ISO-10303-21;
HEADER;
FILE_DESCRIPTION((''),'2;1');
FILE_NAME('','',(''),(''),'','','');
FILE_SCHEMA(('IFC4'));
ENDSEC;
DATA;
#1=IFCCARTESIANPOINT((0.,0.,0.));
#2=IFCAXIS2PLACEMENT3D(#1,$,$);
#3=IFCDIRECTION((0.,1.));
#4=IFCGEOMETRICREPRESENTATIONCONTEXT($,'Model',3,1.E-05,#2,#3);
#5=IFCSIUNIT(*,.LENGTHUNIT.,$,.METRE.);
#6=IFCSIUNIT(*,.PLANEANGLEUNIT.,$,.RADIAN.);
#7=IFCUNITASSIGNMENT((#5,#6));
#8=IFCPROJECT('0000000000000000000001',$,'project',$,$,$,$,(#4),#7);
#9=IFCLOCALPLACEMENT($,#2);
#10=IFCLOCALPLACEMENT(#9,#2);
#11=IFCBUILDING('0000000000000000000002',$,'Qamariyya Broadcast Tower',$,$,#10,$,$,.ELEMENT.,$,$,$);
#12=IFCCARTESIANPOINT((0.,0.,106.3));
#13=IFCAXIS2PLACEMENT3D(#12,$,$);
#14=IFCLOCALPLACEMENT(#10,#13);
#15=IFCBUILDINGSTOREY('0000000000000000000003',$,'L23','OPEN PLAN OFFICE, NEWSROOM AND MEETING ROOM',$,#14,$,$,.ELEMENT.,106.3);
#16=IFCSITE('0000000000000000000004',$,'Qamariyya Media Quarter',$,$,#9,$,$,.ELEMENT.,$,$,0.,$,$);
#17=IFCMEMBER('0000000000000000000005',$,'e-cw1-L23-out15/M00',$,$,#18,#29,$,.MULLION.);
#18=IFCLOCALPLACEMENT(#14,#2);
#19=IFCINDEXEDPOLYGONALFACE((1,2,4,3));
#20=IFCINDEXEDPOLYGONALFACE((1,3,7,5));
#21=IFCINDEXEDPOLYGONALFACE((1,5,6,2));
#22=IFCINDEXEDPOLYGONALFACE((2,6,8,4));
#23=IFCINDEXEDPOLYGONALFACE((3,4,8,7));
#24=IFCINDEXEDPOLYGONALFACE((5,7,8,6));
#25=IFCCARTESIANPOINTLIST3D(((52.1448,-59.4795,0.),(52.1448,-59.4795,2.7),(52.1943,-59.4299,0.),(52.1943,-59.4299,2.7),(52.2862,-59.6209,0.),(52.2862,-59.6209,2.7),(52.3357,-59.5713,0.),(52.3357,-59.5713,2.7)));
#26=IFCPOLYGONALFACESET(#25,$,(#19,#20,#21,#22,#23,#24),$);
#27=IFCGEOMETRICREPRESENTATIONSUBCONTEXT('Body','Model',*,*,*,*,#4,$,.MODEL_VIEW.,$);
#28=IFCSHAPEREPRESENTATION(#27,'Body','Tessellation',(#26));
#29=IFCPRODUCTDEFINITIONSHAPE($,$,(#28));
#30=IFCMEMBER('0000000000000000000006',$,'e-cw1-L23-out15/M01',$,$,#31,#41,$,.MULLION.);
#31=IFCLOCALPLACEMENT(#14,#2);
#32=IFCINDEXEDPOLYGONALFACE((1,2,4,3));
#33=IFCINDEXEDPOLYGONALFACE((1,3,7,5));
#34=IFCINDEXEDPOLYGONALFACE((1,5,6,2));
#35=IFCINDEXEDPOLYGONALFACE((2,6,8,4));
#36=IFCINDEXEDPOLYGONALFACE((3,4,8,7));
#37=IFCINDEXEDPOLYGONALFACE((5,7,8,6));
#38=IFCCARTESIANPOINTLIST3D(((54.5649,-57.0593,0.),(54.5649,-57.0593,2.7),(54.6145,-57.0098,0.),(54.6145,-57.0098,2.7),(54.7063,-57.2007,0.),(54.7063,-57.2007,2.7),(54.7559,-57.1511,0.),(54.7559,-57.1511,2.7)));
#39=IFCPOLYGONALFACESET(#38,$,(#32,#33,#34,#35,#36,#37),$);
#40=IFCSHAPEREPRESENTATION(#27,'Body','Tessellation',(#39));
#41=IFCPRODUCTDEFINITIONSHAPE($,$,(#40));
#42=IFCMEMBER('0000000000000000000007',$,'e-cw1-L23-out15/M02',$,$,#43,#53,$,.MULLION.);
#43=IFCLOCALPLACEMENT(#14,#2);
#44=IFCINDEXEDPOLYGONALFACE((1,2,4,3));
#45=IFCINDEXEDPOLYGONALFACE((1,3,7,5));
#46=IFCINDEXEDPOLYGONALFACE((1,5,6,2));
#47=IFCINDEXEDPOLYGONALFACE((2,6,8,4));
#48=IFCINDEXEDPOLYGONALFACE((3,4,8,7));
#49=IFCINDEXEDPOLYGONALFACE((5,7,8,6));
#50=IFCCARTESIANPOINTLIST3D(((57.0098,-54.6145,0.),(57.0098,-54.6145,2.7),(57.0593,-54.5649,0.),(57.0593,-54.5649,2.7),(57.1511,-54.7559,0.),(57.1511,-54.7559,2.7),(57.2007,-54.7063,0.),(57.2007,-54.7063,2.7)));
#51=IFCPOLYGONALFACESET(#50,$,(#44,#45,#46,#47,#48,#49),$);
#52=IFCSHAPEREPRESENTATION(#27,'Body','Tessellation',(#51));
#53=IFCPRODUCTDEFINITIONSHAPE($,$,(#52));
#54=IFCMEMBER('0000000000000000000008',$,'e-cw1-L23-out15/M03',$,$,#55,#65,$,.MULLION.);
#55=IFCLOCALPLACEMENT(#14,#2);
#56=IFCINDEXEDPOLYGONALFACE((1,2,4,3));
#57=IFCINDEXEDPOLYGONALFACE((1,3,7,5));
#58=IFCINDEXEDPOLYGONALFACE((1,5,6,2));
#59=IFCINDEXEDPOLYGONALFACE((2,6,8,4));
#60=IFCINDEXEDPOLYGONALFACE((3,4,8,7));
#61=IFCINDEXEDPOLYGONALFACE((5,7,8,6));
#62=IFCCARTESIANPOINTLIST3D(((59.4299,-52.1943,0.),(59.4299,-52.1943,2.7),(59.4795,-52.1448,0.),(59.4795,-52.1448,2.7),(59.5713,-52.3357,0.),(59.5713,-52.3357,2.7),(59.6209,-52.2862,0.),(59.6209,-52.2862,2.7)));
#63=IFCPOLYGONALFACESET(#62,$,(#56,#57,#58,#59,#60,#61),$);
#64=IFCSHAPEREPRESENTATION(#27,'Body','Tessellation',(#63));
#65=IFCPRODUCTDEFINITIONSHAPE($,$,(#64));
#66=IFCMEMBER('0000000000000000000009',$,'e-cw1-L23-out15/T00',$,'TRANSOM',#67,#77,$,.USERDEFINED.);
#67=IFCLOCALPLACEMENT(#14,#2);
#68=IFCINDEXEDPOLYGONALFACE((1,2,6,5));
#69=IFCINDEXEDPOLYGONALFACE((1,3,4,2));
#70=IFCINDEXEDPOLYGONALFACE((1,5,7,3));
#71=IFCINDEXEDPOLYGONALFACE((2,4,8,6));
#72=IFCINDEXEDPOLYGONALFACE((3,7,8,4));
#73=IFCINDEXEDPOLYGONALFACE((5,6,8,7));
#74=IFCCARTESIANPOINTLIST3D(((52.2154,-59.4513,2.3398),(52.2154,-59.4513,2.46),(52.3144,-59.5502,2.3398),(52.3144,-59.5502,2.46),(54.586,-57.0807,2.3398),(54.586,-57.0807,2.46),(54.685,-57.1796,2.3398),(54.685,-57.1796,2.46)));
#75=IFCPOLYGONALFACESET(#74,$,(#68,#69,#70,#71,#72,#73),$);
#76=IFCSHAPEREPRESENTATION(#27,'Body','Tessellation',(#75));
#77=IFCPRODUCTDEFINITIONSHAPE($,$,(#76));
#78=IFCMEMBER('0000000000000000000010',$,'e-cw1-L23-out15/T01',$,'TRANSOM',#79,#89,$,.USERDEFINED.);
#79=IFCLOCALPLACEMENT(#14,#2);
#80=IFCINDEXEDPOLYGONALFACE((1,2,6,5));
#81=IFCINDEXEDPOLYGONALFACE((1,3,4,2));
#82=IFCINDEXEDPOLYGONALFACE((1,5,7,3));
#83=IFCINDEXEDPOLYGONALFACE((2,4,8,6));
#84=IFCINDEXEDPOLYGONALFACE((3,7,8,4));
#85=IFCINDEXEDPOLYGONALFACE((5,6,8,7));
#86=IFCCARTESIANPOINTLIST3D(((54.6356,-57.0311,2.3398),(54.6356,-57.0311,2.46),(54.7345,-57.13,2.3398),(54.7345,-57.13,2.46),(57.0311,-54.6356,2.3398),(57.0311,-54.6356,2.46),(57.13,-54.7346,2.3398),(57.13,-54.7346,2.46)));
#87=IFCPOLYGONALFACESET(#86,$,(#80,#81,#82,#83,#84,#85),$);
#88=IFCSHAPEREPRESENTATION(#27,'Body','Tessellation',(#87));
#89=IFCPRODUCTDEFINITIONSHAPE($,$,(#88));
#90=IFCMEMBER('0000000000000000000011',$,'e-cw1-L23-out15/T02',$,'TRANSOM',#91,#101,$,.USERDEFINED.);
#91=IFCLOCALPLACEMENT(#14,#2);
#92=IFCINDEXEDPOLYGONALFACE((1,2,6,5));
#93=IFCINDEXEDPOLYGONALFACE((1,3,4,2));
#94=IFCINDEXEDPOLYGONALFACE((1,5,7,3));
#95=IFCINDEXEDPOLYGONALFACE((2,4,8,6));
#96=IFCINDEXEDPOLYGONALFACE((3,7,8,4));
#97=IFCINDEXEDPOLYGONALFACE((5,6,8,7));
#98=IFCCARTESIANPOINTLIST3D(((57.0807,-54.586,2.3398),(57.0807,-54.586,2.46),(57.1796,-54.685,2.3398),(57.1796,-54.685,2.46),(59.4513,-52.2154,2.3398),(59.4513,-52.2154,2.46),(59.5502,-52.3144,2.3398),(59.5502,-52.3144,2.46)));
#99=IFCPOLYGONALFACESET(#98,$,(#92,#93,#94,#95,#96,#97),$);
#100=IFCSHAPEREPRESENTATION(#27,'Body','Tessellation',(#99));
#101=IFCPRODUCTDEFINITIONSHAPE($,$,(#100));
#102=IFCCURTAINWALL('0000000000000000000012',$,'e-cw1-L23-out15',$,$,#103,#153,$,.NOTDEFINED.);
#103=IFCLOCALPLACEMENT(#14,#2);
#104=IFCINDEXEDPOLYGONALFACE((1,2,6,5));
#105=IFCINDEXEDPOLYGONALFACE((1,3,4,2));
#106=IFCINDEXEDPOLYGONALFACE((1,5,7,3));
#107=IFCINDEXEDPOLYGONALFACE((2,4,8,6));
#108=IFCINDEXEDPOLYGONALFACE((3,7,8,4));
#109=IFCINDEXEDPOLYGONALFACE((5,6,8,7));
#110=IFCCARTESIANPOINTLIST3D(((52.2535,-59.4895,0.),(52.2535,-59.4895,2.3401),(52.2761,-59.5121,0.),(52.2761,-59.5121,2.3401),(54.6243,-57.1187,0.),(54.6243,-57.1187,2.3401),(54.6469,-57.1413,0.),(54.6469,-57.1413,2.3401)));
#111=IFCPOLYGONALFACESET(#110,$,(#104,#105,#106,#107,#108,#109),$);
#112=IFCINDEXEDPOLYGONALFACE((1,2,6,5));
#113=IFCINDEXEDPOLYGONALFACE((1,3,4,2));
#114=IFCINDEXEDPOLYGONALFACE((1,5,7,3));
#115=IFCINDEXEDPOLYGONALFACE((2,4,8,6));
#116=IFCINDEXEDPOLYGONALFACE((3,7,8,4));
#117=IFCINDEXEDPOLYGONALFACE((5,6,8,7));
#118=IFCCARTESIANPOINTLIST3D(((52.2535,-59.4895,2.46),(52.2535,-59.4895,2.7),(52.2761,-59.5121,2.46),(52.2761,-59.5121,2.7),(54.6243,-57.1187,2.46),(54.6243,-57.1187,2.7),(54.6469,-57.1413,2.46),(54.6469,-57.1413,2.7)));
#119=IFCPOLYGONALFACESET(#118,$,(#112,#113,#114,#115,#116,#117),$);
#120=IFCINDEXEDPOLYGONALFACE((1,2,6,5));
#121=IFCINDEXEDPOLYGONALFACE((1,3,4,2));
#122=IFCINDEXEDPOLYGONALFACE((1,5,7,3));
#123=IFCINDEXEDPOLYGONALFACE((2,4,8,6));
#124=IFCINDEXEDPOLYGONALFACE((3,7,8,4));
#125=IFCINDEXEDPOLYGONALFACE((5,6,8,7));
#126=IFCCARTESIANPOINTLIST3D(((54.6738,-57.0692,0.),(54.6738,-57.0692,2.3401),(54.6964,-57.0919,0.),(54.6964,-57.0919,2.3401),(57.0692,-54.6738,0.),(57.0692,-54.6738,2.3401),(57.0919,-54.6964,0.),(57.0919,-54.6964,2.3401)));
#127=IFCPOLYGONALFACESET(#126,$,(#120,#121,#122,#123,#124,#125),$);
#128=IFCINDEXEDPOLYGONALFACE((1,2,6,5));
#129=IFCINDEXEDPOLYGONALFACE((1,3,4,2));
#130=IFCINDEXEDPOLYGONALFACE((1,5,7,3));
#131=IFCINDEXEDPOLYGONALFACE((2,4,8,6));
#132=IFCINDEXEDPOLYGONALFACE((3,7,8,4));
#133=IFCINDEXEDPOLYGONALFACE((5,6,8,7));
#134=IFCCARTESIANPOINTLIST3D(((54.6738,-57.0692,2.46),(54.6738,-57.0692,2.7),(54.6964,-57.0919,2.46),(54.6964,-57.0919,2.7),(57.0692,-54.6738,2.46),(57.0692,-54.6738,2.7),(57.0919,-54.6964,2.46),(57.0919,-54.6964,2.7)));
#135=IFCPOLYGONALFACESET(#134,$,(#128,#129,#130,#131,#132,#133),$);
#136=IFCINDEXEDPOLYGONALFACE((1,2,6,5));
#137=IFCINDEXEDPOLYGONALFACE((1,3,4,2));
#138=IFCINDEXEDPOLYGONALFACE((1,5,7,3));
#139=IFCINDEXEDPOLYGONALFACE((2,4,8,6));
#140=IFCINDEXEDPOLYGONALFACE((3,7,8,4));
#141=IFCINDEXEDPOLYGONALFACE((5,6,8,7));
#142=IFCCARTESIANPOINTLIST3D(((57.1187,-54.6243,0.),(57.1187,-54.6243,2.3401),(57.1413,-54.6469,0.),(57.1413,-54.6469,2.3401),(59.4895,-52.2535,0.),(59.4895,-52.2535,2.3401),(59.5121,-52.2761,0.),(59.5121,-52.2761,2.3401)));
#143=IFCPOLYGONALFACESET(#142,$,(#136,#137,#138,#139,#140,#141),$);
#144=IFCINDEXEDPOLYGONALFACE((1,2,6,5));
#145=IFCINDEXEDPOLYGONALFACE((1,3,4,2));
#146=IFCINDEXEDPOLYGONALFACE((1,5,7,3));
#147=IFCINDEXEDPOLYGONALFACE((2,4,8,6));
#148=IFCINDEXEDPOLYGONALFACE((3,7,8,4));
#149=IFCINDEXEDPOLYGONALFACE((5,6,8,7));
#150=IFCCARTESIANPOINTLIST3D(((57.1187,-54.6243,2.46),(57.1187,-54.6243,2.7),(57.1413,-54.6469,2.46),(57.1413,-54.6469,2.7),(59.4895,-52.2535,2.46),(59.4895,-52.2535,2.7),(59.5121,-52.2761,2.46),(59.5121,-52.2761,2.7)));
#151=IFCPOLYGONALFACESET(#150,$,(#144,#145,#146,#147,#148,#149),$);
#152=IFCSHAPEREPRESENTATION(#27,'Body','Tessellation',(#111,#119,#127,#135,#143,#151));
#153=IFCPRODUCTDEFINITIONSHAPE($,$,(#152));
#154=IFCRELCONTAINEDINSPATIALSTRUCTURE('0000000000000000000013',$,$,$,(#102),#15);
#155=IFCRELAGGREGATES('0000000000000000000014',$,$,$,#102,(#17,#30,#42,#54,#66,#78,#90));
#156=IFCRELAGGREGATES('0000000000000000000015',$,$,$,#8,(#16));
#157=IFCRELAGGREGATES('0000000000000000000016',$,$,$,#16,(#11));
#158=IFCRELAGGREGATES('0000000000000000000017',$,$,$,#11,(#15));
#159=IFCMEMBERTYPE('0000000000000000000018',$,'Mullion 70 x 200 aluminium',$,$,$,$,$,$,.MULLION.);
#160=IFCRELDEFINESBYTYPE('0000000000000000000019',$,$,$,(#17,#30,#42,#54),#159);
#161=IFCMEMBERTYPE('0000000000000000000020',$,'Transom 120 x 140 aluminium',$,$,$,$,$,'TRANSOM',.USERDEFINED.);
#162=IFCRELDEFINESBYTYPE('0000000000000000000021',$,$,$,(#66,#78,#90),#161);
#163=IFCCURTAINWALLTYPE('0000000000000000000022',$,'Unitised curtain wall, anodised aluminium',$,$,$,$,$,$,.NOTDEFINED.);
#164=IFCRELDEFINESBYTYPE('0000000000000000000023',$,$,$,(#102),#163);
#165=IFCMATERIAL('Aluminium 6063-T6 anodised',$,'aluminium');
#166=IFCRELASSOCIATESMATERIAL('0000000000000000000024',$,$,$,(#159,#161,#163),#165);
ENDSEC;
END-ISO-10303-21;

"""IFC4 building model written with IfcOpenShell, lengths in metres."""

from ifc_helpers import new_model, si_unit, direction, frame, origin, origin_2d, place, context, subcontext, project, spatial, rectangle, extrude, material, material_profile, profile_set, type_object, element, aggregate, save


model = new_model("IFC4")

# Units and contexts
model_context = context("Model", 3, precision=1e-05, world=origin(), true_north=direction((0.0, 1.0)))
body_context = subcontext(model_context, "Body", "Model", "MODEL_VIEW")
ifc_project = project(units=[si_unit("LENGTHUNIT", "METRE"), si_unit("PLANEANGLEUNIT", "RADIAN")], contexts=[model_context])

# Members
ifc_material = material(Name="Aluminium 6063-T6 anodised", Category="aluminium")
ifc_material_profile_1 = material_profile(ifc_material, rectangle(XDim=0.2, YDim=0.0701, at=origin_2d()))
ifc_profile_set_1 = profile_set([ifc_material_profile_1], Name="Aluminium 6063-T6 anodised")
member_type_1 = type_object("IfcMemberType", Name="Mullion 70 x 200 aluminium", PredefinedType="MULLION", material=ifc_profile_set_1)
site_placement = place(None, origin())
building_placement = place(site_placement, origin())
storey_placement = place(building_placement, frame((0.0, 0.0, 106.3)))
member_1_placement = place(storey_placement, frame((52.2402, -59.5254, 0.0), z_axis=(0.0, 0.0, 1.0), x_axis=(-0.707107, 0.707107, 0.0)))
member_1 = element("IfcMember", 1, at=member_1_placement, type_object=member_type_1, Name="e-cw1-L23-out15/M00", PredefinedType="MULLION", context=body_context, shape_type="SweptSolid", body=[
    extrude(rectangle(XDim=0.2, YDim=0.0701, at=origin_2d()), origin(), (0.0, 0.0, 1.0), 2.7),
])
member_2_placement = place(storey_placement, frame((54.6604, -57.1052, 0.0), z_axis=(0.0, 0.0, 1.0), x_axis=(-0.707107, 0.707107, 0.0)))
member_2 = element("IfcMember", 2, at=member_2_placement, type_object=member_type_1, Name="e-cw1-L23-out15/M01", PredefinedType="MULLION", context=body_context, shape_type="SweptSolid", body=[
    extrude(rectangle(XDim=0.2, YDim=0.0701, at=origin_2d()), origin(), (0.0, 0.0, 1.0), 2.7),
])
member_3_placement = place(storey_placement, frame((57.1052, -54.6604, 0.0), z_axis=(0.0, 0.0, 1.0), x_axis=(-0.707107, 0.707107, 0.0)))
member_3 = element("IfcMember", 3, at=member_3_placement, type_object=member_type_1, Name="e-cw1-L23-out15/M02", PredefinedType="MULLION", context=body_context, shape_type="SweptSolid", body=[
    extrude(rectangle(XDim=0.2, YDim=0.0701, at=origin_2d()), origin(), (0.0, 0.0, 1.0), 2.7),
])
member_4_placement = place(storey_placement, frame((59.5254, -52.2402, 0.0), z_axis=(0.0, 0.0, 1.0), x_axis=(-0.707107, 0.707107, 0.0)))
member_4 = element("IfcMember", 4, at=member_4_placement, type_object=member_type_1, Name="e-cw1-L23-out15/M03", PredefinedType="MULLION", context=body_context, shape_type="SweptSolid", body=[
    extrude(rectangle(XDim=0.2, YDim=0.0701, at=origin_2d()), origin(), (0.0, 0.0, 1.0), 2.7),
])
ifc_material_profile_2 = material_profile(ifc_material, rectangle(XDim=0.1399, YDim=0.1201, at=origin_2d()))
ifc_profile_set_2 = profile_set([ifc_material_profile_2], Name="Aluminium 6063-T6 anodised")
member_type_2 = type_object("IfcMemberType", Name="Transom 120 x 140 aluminium", ElementType="TRANSOM", PredefinedType="USERDEFINED", material=ifc_profile_set_2)
member_5_placement = place(storey_placement, frame((52.2649, -59.5007, 2.3999), z_axis=(0.707107, 0.707107, 0.0), x_axis=(-0.707107, 0.707107, 0.0)))
member_5 = element("IfcMember", 5, at=member_5_placement, type_object=member_type_2, Name="e-cw1-L23-out15/T00", ObjectType="TRANSOM", PredefinedType="USERDEFINED", context=body_context, shape_type="SweptSolid", body=[
    extrude(rectangle(XDim=0.1399, YDim=0.1201, at=origin_2d()), origin(), (0.0, 0.0, 1.0), 3.3525),
])
member_6_placement = place(storey_placement, frame((54.6851, -57.0806, 2.3999), z_axis=(0.707107, 0.707107, 0.0), x_axis=(-0.707107, 0.707107, 0.0)))
member_6 = element("IfcMember", 6, at=member_6_placement, type_object=member_type_2, Name="e-cw1-L23-out15/T01", ObjectType="TRANSOM", PredefinedType="USERDEFINED", context=body_context, shape_type="SweptSolid", body=[
    extrude(rectangle(XDim=0.1399, YDim=0.1201, at=origin_2d()), origin(), (0.0, 0.0, 1.0), 3.3877),
])
member_7_placement = place(storey_placement, frame((57.1301, -54.6355, 2.3999), z_axis=(0.707107, 0.707107, 0.0), x_axis=(-0.707107, 0.707107, 0.0)))
member_7 = element("IfcMember", 7, at=member_7_placement, type_object=member_type_2, Name="e-cw1-L23-out15/T02", ObjectType="TRANSOM", PredefinedType="USERDEFINED", context=body_context, shape_type="SweptSolid", body=[
    extrude(rectangle(XDim=0.1399, YDim=0.1201, at=origin_2d()), origin(), (0.0, 0.0, 1.0), 3.3525),
])

# Site, building, storey
site = spatial("IfcSite", under=ifc_project, at=site_placement, Name="Qamariyya Media Quarter", CompositionType="ELEMENT", RefElevation=0.0)
building = spatial("IfcBuilding", under=site, at=building_placement, Name="Qamariyya Broadcast Tower", CompositionType="ELEMENT")
storey = spatial("IfcBuildingStorey", under=building, at=storey_placement, Name="L23", Description="OPEN PLAN OFFICE, NEWSROOM AND MEETING ROOM", CompositionType="ELEMENT", Elevation=106.3)

# Curtain wall
curtain_wall_type = type_object("IfcCurtainWallType", Name="Unitised curtain wall, anodised aluminium", PredefinedType="NOTDEFINED", material=ifc_material)
curtain_wall_1_placement = place(storey_placement, origin())
curtain_wall_1 = element("IfcCurtainWall", 8, at=curtain_wall_1_placement, inside=storey, type_object=curtain_wall_type, Name="e-cw1-L23-out15", PredefinedType="NOTDEFINED", context=body_context, shape_type="SweptSolid", body=[
    extrude(rectangle(XDim=3.3528, YDim=0.032, at=origin_2d()), frame((53.4502, -58.3154, 0.0), x_axis=(0.707107, 0.707107, 0.0)), (0.0, 0.0, 1.0), 2.3401),
    extrude(rectangle(XDim=3.3528, YDim=0.032, at=origin_2d()), frame((53.4502, -58.3154, 2.46), x_axis=(0.707107, 0.707107, 0.0)), (0.0, 0.0, 1.0), 0.24),
    extrude(rectangle(XDim=3.3877, YDim=0.032, at=origin_2d()), frame((55.8828, -55.8828, 0.0), x_axis=(0.707107, 0.707107, 0.0)), (0.0, 0.0, 1.0), 2.3401),
    extrude(rectangle(XDim=3.3877, YDim=0.032, at=origin_2d()), frame((55.8828, -55.8828, 2.46), x_axis=(0.707107, 0.707107, 0.0)), (0.0, 0.0, 1.0), 0.24),
    extrude(rectangle(XDim=3.3528, YDim=0.032, at=origin_2d()), frame((58.3154, -53.4502, 0.0), x_axis=(0.707107, 0.707107, 0.0)), (0.0, 0.0, 1.0), 2.3401),
    extrude(rectangle(XDim=3.3528, YDim=0.032, at=origin_2d()), frame((58.3154, -53.4502, 2.46), x_axis=(0.707107, 0.707107, 0.0)), (0.0, 0.0, 1.0), 0.24),
])
aggregate(curtain_wall_1, [member_1, member_2, member_3, member_4, member_5, member_6, member_7])

save(model, "model.ifc")
